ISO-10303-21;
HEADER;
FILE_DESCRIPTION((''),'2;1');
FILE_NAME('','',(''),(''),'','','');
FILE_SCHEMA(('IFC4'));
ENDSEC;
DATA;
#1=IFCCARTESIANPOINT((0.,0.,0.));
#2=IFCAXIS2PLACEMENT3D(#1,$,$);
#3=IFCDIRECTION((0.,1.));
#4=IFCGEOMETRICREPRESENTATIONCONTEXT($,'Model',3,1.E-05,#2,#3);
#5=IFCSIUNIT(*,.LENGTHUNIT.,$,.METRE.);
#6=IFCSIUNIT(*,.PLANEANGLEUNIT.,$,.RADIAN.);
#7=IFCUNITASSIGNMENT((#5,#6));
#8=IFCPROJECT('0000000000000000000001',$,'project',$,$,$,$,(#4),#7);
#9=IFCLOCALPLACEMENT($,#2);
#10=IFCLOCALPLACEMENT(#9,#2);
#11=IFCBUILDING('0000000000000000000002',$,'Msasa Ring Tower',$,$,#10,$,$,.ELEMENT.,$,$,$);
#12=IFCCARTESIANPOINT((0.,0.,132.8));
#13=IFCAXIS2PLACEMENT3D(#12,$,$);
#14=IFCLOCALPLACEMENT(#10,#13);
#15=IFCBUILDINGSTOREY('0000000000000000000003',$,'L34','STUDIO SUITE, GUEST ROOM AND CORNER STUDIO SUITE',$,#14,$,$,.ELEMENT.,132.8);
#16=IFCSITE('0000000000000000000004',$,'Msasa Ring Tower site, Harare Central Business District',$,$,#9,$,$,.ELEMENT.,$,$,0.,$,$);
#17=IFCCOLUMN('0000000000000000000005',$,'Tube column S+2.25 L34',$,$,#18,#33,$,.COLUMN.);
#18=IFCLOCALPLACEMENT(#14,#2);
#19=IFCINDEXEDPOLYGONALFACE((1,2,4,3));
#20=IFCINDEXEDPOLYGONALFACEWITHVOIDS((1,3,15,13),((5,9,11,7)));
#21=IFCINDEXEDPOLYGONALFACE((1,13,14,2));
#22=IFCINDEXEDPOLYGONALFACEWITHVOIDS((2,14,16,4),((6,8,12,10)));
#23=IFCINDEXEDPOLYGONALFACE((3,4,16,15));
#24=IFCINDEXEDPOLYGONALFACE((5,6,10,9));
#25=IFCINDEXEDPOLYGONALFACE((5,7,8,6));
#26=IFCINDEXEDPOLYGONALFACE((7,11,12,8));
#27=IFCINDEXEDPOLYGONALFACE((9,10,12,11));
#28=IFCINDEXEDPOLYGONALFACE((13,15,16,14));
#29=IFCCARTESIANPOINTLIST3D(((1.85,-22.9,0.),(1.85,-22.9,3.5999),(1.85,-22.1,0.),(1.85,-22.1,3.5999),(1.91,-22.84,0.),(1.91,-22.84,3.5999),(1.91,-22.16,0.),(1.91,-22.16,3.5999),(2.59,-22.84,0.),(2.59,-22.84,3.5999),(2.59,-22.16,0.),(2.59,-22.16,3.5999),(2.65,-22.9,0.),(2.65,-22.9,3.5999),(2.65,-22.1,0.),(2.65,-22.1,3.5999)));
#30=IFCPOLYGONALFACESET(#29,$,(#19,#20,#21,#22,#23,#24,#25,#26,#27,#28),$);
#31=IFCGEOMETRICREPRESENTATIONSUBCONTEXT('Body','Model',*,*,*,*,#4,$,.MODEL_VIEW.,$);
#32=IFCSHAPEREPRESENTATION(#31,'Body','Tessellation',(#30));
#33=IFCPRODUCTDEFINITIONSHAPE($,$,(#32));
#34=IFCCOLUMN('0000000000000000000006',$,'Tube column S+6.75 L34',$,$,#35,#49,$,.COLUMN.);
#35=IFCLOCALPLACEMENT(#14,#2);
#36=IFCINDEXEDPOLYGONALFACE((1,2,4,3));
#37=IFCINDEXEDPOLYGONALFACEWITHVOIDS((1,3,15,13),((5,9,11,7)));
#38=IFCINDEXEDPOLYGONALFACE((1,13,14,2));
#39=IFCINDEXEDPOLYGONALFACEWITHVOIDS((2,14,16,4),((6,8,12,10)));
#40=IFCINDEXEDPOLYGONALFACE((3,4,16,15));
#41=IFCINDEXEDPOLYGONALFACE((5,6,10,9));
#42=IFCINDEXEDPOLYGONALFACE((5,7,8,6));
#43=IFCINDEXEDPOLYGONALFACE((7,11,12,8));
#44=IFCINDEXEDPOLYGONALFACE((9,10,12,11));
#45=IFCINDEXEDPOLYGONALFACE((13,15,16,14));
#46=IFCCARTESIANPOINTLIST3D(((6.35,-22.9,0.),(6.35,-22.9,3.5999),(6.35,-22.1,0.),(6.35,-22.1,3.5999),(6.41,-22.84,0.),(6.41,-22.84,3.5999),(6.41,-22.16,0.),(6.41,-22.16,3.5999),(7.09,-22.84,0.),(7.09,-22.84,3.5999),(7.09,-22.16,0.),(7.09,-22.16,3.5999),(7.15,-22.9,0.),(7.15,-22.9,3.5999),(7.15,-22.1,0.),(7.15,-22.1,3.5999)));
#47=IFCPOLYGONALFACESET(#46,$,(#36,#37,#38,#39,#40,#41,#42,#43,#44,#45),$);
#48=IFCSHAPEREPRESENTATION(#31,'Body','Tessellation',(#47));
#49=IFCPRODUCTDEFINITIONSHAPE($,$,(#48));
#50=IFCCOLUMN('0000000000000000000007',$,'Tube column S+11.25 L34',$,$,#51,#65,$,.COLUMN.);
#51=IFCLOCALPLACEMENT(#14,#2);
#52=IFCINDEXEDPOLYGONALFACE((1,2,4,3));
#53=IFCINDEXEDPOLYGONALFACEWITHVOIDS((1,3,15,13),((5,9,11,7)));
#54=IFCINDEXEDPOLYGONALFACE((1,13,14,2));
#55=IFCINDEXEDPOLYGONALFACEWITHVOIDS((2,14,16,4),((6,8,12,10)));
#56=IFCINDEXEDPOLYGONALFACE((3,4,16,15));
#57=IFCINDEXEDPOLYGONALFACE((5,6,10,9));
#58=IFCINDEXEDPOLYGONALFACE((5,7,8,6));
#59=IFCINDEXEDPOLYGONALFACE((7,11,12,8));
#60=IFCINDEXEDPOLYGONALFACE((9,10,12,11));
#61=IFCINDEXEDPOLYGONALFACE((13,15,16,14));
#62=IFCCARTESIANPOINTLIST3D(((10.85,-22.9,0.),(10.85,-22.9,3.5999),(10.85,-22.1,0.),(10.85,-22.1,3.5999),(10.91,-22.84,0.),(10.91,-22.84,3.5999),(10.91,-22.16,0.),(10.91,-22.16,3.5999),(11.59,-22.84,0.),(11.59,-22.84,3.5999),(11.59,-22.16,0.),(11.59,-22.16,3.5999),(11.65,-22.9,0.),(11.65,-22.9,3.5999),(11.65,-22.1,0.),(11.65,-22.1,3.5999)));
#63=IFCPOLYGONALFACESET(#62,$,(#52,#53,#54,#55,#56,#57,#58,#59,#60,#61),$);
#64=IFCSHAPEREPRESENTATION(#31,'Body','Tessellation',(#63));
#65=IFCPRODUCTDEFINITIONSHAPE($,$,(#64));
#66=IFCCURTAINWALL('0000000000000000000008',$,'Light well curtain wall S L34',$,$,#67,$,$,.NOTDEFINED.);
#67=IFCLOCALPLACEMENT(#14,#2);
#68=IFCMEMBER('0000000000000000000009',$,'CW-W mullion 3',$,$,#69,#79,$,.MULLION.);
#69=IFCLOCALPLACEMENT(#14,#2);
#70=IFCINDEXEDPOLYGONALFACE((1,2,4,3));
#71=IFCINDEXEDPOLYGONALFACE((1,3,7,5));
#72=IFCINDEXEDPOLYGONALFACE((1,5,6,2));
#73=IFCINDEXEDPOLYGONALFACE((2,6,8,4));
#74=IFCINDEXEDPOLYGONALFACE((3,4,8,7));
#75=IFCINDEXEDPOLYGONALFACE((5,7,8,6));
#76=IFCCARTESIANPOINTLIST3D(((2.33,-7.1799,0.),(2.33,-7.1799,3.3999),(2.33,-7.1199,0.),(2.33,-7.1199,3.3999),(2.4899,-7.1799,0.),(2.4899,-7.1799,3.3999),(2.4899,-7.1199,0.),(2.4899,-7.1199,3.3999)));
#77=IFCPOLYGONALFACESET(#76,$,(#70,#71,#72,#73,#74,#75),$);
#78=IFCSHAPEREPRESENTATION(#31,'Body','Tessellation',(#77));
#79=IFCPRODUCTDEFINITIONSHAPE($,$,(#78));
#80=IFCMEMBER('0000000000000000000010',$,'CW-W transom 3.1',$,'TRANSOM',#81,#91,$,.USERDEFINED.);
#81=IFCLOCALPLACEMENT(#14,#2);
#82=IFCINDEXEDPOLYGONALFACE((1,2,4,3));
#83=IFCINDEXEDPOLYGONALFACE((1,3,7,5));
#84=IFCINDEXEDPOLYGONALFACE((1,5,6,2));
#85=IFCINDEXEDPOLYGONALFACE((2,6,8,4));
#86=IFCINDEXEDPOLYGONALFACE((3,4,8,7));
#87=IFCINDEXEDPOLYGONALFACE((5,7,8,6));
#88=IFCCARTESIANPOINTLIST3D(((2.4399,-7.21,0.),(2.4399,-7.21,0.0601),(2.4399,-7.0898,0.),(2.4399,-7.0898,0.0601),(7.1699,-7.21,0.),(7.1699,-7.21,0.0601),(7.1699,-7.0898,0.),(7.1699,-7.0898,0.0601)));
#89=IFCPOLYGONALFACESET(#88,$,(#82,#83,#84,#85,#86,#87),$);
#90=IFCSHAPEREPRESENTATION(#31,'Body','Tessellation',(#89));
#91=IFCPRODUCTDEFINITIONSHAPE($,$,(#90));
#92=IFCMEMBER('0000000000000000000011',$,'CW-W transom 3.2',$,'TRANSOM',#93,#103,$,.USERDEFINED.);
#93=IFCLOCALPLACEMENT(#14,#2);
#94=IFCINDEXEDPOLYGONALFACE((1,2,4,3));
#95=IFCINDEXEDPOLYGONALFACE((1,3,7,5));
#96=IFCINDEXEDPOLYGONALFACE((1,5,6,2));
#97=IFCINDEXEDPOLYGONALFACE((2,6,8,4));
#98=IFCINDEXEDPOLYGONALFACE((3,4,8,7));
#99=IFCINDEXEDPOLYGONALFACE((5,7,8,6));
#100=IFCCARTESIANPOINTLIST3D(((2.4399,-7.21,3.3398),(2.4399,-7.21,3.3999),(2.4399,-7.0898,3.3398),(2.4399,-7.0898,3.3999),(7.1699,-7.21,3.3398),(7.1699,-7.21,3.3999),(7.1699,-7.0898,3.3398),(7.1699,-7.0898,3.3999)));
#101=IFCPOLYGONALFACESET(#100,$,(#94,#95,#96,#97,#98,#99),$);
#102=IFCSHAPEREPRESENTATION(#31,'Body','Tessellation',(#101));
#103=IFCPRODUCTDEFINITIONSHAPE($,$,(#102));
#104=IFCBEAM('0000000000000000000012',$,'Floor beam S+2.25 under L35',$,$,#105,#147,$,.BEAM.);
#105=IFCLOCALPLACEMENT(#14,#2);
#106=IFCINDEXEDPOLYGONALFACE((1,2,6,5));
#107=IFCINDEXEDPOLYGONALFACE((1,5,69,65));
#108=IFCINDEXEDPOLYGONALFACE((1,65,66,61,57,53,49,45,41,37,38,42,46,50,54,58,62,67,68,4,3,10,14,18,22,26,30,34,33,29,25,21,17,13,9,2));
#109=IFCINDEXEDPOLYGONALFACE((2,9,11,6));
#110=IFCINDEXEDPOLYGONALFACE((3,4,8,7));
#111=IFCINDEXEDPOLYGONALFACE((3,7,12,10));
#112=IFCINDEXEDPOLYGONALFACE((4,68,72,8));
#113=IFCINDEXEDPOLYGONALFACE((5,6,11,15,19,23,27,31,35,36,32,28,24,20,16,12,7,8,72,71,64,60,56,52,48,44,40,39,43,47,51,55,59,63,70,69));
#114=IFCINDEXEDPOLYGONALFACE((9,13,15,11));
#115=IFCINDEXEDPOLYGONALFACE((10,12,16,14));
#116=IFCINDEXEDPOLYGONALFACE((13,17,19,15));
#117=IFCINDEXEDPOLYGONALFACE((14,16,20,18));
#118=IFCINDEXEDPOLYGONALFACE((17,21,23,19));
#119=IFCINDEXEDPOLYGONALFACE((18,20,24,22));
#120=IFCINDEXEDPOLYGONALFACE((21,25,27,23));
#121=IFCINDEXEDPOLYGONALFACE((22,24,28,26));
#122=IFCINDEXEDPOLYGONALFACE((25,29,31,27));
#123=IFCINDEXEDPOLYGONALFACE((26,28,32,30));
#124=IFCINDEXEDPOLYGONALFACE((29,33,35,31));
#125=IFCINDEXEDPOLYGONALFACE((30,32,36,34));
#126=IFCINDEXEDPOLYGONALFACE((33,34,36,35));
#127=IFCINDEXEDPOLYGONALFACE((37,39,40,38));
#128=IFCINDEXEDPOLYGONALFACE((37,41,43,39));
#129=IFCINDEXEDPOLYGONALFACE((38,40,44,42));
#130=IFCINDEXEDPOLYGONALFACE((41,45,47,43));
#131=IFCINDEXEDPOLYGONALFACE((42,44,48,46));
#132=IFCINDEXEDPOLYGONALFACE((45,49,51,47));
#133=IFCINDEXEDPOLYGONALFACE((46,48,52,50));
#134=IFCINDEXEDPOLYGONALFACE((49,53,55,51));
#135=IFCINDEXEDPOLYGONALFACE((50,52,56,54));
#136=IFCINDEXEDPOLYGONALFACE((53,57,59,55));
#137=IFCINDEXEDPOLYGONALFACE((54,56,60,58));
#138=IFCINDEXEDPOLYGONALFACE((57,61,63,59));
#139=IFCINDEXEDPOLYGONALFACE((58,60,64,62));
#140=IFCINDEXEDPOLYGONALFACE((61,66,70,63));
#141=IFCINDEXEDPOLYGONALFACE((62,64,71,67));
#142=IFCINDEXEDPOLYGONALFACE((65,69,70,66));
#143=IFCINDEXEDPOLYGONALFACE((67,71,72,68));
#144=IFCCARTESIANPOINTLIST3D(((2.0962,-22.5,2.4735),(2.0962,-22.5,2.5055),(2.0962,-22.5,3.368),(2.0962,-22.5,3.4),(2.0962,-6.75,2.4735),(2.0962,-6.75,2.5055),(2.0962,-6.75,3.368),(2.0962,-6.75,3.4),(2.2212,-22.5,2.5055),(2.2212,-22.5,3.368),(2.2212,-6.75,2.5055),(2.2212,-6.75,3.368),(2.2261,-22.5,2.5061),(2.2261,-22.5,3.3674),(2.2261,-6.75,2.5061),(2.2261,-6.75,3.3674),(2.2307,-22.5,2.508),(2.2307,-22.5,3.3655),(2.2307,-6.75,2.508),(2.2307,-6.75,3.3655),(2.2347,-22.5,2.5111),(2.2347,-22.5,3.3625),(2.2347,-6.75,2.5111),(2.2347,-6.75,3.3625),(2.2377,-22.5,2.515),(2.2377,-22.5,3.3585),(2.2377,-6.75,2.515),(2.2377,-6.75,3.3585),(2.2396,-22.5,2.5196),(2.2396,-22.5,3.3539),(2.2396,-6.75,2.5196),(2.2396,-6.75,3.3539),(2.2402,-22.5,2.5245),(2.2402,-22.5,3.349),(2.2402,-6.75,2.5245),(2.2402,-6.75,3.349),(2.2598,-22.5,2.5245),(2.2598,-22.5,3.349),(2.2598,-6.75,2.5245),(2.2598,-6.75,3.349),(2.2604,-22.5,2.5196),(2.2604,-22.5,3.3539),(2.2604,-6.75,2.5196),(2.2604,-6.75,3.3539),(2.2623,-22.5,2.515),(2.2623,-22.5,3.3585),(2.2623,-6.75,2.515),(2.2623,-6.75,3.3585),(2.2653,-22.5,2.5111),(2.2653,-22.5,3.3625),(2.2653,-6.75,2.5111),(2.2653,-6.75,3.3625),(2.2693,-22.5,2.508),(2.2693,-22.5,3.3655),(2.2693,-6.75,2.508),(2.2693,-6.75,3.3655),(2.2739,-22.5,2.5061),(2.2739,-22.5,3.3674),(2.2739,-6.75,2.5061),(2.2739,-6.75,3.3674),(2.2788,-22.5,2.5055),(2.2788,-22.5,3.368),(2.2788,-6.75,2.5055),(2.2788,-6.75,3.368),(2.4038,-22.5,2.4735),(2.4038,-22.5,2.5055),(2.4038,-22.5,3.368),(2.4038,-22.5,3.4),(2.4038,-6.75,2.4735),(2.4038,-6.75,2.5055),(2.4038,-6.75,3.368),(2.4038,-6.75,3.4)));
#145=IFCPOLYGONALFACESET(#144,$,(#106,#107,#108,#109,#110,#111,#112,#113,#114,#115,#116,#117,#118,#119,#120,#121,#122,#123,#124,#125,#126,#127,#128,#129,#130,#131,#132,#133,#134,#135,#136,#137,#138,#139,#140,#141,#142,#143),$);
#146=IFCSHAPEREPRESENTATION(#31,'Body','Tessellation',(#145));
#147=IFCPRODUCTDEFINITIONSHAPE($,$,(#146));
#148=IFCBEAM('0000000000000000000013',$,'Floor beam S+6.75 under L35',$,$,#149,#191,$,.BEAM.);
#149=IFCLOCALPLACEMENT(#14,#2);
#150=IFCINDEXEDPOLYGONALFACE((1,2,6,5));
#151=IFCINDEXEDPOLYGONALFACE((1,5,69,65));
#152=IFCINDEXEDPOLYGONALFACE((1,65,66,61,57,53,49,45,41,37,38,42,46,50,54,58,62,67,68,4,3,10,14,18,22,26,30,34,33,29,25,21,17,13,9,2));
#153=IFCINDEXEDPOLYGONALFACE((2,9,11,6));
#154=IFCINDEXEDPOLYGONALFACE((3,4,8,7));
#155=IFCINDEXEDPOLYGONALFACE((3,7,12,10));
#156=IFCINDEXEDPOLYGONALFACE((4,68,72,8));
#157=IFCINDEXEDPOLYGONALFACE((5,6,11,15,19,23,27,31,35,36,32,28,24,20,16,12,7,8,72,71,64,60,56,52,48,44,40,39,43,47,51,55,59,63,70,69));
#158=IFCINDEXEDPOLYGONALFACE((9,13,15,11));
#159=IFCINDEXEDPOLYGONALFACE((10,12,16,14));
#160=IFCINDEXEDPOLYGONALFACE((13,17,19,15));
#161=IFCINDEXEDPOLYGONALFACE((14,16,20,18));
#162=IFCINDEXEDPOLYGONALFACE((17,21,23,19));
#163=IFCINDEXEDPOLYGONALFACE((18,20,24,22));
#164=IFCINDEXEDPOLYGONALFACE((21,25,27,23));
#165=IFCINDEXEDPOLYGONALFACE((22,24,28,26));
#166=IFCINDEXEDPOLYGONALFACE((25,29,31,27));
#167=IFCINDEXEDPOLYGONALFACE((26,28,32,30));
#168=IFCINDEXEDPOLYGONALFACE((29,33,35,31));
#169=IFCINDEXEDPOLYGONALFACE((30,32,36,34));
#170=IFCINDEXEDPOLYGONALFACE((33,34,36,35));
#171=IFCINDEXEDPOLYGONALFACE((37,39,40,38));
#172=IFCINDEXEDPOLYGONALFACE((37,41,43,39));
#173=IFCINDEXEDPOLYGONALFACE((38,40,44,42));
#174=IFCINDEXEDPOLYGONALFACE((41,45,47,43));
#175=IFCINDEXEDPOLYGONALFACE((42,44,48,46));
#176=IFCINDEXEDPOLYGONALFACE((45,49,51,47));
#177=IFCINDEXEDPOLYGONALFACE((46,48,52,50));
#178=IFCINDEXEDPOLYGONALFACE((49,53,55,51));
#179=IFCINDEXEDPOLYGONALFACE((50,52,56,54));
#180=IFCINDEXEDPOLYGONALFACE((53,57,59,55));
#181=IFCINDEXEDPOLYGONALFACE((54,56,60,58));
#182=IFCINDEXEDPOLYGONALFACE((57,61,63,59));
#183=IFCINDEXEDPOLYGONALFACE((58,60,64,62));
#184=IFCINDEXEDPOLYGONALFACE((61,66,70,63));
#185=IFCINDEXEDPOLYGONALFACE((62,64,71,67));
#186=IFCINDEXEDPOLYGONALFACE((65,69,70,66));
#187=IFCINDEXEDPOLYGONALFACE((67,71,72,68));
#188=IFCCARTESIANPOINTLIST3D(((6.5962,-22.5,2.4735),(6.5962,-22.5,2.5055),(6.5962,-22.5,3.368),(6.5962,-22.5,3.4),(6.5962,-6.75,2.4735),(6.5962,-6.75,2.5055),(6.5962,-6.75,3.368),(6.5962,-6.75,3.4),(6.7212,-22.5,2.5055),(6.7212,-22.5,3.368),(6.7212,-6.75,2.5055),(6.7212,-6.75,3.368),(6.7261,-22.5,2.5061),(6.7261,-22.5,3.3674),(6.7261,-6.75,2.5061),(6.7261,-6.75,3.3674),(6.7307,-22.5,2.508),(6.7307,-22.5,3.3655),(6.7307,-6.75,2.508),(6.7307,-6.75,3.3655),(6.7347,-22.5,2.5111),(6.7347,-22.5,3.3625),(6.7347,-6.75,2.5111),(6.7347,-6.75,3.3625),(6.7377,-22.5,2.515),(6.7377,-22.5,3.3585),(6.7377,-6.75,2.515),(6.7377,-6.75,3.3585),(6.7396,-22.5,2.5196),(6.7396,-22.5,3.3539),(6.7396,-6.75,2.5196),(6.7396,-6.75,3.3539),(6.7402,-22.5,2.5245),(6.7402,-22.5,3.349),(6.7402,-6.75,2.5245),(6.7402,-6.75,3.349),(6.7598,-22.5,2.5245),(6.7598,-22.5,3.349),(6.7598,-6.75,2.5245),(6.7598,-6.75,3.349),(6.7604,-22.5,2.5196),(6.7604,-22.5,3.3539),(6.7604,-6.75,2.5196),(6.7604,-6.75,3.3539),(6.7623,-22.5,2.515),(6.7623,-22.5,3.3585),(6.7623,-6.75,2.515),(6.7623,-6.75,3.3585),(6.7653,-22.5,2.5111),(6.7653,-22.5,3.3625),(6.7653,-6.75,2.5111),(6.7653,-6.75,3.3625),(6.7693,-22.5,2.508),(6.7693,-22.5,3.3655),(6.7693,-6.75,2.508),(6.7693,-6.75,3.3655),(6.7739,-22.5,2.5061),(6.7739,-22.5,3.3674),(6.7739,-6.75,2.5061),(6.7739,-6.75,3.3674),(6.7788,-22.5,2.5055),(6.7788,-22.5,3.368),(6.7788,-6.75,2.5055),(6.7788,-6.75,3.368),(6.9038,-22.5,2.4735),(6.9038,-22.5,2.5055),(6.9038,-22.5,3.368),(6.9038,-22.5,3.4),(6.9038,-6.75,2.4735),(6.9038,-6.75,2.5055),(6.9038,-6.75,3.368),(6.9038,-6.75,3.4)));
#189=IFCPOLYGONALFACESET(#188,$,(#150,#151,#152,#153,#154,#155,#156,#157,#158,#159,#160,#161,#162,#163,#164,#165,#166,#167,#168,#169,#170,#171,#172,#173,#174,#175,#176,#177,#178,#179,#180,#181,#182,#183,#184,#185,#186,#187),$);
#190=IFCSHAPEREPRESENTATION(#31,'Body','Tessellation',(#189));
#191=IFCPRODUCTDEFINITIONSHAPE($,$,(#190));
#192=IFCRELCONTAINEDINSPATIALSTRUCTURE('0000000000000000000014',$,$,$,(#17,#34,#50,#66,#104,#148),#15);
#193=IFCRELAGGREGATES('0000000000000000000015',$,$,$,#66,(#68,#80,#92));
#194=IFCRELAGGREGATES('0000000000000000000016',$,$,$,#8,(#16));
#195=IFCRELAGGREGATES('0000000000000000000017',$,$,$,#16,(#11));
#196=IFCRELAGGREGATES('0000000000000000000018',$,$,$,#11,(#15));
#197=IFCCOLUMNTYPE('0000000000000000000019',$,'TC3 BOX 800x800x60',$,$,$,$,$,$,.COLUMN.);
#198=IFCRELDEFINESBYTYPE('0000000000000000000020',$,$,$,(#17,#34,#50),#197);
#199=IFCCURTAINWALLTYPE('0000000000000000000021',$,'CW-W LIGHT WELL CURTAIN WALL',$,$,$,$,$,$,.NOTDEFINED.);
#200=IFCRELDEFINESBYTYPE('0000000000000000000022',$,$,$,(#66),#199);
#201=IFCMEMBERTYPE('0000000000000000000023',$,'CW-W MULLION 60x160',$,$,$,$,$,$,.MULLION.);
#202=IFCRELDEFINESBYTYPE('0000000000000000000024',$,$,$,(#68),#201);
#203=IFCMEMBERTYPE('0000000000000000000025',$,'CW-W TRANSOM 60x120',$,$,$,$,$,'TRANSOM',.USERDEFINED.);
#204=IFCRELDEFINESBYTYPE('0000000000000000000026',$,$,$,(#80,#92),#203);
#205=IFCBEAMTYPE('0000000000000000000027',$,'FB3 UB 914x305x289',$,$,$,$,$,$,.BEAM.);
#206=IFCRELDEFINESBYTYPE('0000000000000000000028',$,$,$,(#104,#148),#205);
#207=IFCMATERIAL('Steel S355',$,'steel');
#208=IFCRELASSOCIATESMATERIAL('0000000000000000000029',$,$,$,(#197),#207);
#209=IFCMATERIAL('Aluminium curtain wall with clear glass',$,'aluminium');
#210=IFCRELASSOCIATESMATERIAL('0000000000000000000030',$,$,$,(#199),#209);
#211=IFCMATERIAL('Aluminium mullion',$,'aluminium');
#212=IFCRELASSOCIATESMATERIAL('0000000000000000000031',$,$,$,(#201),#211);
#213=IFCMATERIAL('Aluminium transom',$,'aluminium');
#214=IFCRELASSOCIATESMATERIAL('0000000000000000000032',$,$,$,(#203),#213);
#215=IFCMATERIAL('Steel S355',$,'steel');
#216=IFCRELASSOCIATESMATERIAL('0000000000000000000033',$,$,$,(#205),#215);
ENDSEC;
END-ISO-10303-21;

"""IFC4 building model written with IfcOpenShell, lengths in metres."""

from ifc_helpers import new_model, si_unit, direction, frame, origin, origin_2d, place, context, subcontext, project, spatial, rectangle, hollow_rectangle, i_section, extrude, material, material_profile, profile_set, type_object, element, aggregate, save


model = new_model("IFC4")

# Units and contexts
model_context = context("Model", 3, precision=1e-05, world=origin(), true_north=direction((0.0, 1.0)))
body_context = subcontext(model_context, "Body", "Model", "MODEL_VIEW")
ifc_project = project(units=[si_unit("LENGTHUNIT", "METRE"), si_unit("PLANEANGLEUNIT", "RADIAN")], contexts=[model_context])

# Site, building, storey
site_placement = place(None, origin())
site = spatial("IfcSite", under=ifc_project, at=site_placement, Name="Msasa Ring Tower site, Harare Central Business District", CompositionType="ELEMENT", RefElevation=0.0)
building_placement = place(site_placement, origin())
building = spatial("IfcBuilding", under=site, at=building_placement, Name="Msasa Ring Tower", CompositionType="ELEMENT")
storey_placement = place(building_placement, frame((0.0, 0.0, 132.8)))
storey = spatial("IfcBuildingStorey", under=building, at=storey_placement, Name="L34", Description="STUDIO SUITE, GUEST ROOM AND CORNER STUDIO SUITE", CompositionType="ELEMENT", Elevation=132.8)

# Columns
ifc_material_1 = material(Name="Steel S355", Category="steel")
ifc_material_profile_1 = material_profile(ifc_material_1, hollow_rectangle(XDim=0.8, YDim=0.8, WallThickness=0.0601, at=origin_2d()), Name="BOX 800x800x60")
ifc_profile_set_1 = profile_set([ifc_material_profile_1], Name="Steel S355")
column_type = type_object("IfcColumnType", Name="TC3 BOX 800x800x60", PredefinedType="COLUMN", material=ifc_profile_set_1)
for number, where, z_axis, x_axis, name in (
    (1, (2.25, -22.5, 0.0), (0.0, 0.0, 1.0), (0.0, 1.0, 0.0), "Tube column S+2.25 L34"),
    (2, (6.75, -22.5, 0.0), (0.0, 0.0, 1.0), (0.0, 1.0, 0.0), "Tube column S+6.75 L34"),
    (3, (11.25, -22.5, 0.0), (0.0, 0.0, 1.0), (0.0, 1.0, 0.0), "Tube column S+11.25 L34"),
):
    element("IfcColumn", number, at=place(storey_placement, frame(where, z_axis=z_axis, x_axis=x_axis)), inside=storey, type_object=column_type, Name=name, PredefinedType="COLUMN", context=body_context, shape_type="SweptSolid", body=[
        extrude(hollow_rectangle(XDim=0.8, YDim=0.8, WallThickness=0.0601, at=origin_2d()), origin(), (0.0, 0.0, 1.0), 3.5999),
    ])

# Curtain wall, members
ifc_material_2 = material(Name="Aluminium curtain wall with clear glass", Category="aluminium")
curtain_wall_type = type_object("IfcCurtainWallType", Name="CW-W LIGHT WELL CURTAIN WALL", PredefinedType="NOTDEFINED", material=ifc_material_2)
curtain_wall_placement = place(storey_placement, origin())
curtain_wall = element("IfcCurtainWall", 4, at=curtain_wall_placement, inside=storey, type_object=curtain_wall_type, Name="Light well curtain wall S L34", PredefinedType="NOTDEFINED")
ifc_material_3 = material(Name="Aluminium mullion", Category="aluminium")
ifc_material_profile_2 = material_profile(ifc_material_3, rectangle(XDim=0.0601, YDim=0.1599, at=origin_2d()), Name="AL 60x160")
ifc_profile_set_2 = profile_set([ifc_material_profile_2], Name="Aluminium mullion")
member_type_1 = type_object("IfcMemberType", Name="CW-W MULLION 60x160", PredefinedType="MULLION", material=ifc_profile_set_2)
member_1_placement = place(storey_placement, frame((2.4099, -7.1499, 0.0), z_axis=(0.0, 0.0, 1.0), x_axis=(0.0, 1.0, 0.0)))
member_1 = element("IfcMember", 5, at=member_1_placement, type_object=member_type_1, Name="CW-W mullion 3", PredefinedType="MULLION", context=body_context, shape_type="SweptSolid", body=[
    extrude(rectangle(XDim=0.0601, YDim=0.1599, at=origin_2d()), origin(), (0.0, 0.0, 1.0), 3.3999),
])
ifc_material_4 = material(Name="Aluminium transom", Category="aluminium")
ifc_material_profile_3 = material_profile(ifc_material_4, rectangle(XDim=0.1201, YDim=0.0601, at=origin_2d()), Name="AL 60x120")
ifc_profile_set_3 = profile_set([ifc_material_profile_3], Name="Aluminium transom")
member_type_2 = type_object("IfcMemberType", Name="CW-W TRANSOM 60x120", ElementType="TRANSOM", PredefinedType="USERDEFINED", material=ifc_profile_set_3)
member_2_placement = place(storey_placement, frame((2.4399, -7.1499, 0.03), z_axis=(1.0, 0.0, 0.0), x_axis=(0.0, 1.0, 0.0)))
member_2 = element("IfcMember", 6, at=member_2_placement, type_object=member_type_2, Name="CW-W transom 3.1", ObjectType="TRANSOM", PredefinedType="USERDEFINED", context=body_context, shape_type="SweptSolid", body=[
    extrude(rectangle(XDim=0.1201, YDim=0.0601, at=origin_2d()), origin(), (0.0, 0.0, 1.0), 4.73),
])
member_3_placement = place(storey_placement, frame((2.4399, -7.1499, 3.3699), z_axis=(1.0, 0.0, 0.0), x_axis=(0.0, 1.0, 0.0)))
member_3 = element("IfcMember", 7, at=member_3_placement, type_object=member_type_2, Name="CW-W transom 3.2", ObjectType="TRANSOM", PredefinedType="USERDEFINED", context=body_context, shape_type="SweptSolid", body=[
    extrude(rectangle(XDim=0.1201, YDim=0.0601, at=origin_2d()), origin(), (0.0, 0.0, 1.0), 4.73),
])

# Beams
ifc_material_5 = material(Name="Steel S355", Category="steel")
ifc_material_profile_4 = material_profile(ifc_material_5, i_section(OverallWidth=0.3076, OverallDepth=0.9265, WebThickness=0.0195, FlangeThickness=0.032, FilletRadius=0.019, at=origin_2d()), Name="UB 914x305x289")
ifc_profile_set_4 = profile_set([ifc_material_profile_4], Name="Steel S355")
beam_type_1 = type_object("IfcBeamType", Name="FB3 UB 914x305x289", PredefinedType="BEAM", material=ifc_profile_set_4)
for number, where, z_axis, x_axis, name in (
    (8, (2.25, -22.5, 2.9368), (0.0, 1.0, 0.0), (-1.0, 0.0, 0.0), "Floor beam S+2.25 under L35"),
    (9, (6.75, -22.5, 2.9368), (0.0, 1.0, 0.0), (-1.0, 0.0, 0.0), "Floor beam S+6.75 under L35"),
):
    element("IfcBeam", number, at=place(storey_placement, frame(where, z_axis=z_axis, x_axis=x_axis)), inside=storey, type_object=beam_type_1, Name=name, PredefinedType="BEAM", context=body_context, shape_type="SweptSolid", body=[
        extrude(i_section(OverallWidth=0.3076, OverallDepth=0.9265, WebThickness=0.0195, FlangeThickness=0.032, FilletRadius=0.019, at=origin_2d()), origin(), (0.0, 0.0, 1.0), 15.75),
    ])

aggregate(curtain_wall, [member_1, member_2, member_3])

save(model, "model.ifc")
